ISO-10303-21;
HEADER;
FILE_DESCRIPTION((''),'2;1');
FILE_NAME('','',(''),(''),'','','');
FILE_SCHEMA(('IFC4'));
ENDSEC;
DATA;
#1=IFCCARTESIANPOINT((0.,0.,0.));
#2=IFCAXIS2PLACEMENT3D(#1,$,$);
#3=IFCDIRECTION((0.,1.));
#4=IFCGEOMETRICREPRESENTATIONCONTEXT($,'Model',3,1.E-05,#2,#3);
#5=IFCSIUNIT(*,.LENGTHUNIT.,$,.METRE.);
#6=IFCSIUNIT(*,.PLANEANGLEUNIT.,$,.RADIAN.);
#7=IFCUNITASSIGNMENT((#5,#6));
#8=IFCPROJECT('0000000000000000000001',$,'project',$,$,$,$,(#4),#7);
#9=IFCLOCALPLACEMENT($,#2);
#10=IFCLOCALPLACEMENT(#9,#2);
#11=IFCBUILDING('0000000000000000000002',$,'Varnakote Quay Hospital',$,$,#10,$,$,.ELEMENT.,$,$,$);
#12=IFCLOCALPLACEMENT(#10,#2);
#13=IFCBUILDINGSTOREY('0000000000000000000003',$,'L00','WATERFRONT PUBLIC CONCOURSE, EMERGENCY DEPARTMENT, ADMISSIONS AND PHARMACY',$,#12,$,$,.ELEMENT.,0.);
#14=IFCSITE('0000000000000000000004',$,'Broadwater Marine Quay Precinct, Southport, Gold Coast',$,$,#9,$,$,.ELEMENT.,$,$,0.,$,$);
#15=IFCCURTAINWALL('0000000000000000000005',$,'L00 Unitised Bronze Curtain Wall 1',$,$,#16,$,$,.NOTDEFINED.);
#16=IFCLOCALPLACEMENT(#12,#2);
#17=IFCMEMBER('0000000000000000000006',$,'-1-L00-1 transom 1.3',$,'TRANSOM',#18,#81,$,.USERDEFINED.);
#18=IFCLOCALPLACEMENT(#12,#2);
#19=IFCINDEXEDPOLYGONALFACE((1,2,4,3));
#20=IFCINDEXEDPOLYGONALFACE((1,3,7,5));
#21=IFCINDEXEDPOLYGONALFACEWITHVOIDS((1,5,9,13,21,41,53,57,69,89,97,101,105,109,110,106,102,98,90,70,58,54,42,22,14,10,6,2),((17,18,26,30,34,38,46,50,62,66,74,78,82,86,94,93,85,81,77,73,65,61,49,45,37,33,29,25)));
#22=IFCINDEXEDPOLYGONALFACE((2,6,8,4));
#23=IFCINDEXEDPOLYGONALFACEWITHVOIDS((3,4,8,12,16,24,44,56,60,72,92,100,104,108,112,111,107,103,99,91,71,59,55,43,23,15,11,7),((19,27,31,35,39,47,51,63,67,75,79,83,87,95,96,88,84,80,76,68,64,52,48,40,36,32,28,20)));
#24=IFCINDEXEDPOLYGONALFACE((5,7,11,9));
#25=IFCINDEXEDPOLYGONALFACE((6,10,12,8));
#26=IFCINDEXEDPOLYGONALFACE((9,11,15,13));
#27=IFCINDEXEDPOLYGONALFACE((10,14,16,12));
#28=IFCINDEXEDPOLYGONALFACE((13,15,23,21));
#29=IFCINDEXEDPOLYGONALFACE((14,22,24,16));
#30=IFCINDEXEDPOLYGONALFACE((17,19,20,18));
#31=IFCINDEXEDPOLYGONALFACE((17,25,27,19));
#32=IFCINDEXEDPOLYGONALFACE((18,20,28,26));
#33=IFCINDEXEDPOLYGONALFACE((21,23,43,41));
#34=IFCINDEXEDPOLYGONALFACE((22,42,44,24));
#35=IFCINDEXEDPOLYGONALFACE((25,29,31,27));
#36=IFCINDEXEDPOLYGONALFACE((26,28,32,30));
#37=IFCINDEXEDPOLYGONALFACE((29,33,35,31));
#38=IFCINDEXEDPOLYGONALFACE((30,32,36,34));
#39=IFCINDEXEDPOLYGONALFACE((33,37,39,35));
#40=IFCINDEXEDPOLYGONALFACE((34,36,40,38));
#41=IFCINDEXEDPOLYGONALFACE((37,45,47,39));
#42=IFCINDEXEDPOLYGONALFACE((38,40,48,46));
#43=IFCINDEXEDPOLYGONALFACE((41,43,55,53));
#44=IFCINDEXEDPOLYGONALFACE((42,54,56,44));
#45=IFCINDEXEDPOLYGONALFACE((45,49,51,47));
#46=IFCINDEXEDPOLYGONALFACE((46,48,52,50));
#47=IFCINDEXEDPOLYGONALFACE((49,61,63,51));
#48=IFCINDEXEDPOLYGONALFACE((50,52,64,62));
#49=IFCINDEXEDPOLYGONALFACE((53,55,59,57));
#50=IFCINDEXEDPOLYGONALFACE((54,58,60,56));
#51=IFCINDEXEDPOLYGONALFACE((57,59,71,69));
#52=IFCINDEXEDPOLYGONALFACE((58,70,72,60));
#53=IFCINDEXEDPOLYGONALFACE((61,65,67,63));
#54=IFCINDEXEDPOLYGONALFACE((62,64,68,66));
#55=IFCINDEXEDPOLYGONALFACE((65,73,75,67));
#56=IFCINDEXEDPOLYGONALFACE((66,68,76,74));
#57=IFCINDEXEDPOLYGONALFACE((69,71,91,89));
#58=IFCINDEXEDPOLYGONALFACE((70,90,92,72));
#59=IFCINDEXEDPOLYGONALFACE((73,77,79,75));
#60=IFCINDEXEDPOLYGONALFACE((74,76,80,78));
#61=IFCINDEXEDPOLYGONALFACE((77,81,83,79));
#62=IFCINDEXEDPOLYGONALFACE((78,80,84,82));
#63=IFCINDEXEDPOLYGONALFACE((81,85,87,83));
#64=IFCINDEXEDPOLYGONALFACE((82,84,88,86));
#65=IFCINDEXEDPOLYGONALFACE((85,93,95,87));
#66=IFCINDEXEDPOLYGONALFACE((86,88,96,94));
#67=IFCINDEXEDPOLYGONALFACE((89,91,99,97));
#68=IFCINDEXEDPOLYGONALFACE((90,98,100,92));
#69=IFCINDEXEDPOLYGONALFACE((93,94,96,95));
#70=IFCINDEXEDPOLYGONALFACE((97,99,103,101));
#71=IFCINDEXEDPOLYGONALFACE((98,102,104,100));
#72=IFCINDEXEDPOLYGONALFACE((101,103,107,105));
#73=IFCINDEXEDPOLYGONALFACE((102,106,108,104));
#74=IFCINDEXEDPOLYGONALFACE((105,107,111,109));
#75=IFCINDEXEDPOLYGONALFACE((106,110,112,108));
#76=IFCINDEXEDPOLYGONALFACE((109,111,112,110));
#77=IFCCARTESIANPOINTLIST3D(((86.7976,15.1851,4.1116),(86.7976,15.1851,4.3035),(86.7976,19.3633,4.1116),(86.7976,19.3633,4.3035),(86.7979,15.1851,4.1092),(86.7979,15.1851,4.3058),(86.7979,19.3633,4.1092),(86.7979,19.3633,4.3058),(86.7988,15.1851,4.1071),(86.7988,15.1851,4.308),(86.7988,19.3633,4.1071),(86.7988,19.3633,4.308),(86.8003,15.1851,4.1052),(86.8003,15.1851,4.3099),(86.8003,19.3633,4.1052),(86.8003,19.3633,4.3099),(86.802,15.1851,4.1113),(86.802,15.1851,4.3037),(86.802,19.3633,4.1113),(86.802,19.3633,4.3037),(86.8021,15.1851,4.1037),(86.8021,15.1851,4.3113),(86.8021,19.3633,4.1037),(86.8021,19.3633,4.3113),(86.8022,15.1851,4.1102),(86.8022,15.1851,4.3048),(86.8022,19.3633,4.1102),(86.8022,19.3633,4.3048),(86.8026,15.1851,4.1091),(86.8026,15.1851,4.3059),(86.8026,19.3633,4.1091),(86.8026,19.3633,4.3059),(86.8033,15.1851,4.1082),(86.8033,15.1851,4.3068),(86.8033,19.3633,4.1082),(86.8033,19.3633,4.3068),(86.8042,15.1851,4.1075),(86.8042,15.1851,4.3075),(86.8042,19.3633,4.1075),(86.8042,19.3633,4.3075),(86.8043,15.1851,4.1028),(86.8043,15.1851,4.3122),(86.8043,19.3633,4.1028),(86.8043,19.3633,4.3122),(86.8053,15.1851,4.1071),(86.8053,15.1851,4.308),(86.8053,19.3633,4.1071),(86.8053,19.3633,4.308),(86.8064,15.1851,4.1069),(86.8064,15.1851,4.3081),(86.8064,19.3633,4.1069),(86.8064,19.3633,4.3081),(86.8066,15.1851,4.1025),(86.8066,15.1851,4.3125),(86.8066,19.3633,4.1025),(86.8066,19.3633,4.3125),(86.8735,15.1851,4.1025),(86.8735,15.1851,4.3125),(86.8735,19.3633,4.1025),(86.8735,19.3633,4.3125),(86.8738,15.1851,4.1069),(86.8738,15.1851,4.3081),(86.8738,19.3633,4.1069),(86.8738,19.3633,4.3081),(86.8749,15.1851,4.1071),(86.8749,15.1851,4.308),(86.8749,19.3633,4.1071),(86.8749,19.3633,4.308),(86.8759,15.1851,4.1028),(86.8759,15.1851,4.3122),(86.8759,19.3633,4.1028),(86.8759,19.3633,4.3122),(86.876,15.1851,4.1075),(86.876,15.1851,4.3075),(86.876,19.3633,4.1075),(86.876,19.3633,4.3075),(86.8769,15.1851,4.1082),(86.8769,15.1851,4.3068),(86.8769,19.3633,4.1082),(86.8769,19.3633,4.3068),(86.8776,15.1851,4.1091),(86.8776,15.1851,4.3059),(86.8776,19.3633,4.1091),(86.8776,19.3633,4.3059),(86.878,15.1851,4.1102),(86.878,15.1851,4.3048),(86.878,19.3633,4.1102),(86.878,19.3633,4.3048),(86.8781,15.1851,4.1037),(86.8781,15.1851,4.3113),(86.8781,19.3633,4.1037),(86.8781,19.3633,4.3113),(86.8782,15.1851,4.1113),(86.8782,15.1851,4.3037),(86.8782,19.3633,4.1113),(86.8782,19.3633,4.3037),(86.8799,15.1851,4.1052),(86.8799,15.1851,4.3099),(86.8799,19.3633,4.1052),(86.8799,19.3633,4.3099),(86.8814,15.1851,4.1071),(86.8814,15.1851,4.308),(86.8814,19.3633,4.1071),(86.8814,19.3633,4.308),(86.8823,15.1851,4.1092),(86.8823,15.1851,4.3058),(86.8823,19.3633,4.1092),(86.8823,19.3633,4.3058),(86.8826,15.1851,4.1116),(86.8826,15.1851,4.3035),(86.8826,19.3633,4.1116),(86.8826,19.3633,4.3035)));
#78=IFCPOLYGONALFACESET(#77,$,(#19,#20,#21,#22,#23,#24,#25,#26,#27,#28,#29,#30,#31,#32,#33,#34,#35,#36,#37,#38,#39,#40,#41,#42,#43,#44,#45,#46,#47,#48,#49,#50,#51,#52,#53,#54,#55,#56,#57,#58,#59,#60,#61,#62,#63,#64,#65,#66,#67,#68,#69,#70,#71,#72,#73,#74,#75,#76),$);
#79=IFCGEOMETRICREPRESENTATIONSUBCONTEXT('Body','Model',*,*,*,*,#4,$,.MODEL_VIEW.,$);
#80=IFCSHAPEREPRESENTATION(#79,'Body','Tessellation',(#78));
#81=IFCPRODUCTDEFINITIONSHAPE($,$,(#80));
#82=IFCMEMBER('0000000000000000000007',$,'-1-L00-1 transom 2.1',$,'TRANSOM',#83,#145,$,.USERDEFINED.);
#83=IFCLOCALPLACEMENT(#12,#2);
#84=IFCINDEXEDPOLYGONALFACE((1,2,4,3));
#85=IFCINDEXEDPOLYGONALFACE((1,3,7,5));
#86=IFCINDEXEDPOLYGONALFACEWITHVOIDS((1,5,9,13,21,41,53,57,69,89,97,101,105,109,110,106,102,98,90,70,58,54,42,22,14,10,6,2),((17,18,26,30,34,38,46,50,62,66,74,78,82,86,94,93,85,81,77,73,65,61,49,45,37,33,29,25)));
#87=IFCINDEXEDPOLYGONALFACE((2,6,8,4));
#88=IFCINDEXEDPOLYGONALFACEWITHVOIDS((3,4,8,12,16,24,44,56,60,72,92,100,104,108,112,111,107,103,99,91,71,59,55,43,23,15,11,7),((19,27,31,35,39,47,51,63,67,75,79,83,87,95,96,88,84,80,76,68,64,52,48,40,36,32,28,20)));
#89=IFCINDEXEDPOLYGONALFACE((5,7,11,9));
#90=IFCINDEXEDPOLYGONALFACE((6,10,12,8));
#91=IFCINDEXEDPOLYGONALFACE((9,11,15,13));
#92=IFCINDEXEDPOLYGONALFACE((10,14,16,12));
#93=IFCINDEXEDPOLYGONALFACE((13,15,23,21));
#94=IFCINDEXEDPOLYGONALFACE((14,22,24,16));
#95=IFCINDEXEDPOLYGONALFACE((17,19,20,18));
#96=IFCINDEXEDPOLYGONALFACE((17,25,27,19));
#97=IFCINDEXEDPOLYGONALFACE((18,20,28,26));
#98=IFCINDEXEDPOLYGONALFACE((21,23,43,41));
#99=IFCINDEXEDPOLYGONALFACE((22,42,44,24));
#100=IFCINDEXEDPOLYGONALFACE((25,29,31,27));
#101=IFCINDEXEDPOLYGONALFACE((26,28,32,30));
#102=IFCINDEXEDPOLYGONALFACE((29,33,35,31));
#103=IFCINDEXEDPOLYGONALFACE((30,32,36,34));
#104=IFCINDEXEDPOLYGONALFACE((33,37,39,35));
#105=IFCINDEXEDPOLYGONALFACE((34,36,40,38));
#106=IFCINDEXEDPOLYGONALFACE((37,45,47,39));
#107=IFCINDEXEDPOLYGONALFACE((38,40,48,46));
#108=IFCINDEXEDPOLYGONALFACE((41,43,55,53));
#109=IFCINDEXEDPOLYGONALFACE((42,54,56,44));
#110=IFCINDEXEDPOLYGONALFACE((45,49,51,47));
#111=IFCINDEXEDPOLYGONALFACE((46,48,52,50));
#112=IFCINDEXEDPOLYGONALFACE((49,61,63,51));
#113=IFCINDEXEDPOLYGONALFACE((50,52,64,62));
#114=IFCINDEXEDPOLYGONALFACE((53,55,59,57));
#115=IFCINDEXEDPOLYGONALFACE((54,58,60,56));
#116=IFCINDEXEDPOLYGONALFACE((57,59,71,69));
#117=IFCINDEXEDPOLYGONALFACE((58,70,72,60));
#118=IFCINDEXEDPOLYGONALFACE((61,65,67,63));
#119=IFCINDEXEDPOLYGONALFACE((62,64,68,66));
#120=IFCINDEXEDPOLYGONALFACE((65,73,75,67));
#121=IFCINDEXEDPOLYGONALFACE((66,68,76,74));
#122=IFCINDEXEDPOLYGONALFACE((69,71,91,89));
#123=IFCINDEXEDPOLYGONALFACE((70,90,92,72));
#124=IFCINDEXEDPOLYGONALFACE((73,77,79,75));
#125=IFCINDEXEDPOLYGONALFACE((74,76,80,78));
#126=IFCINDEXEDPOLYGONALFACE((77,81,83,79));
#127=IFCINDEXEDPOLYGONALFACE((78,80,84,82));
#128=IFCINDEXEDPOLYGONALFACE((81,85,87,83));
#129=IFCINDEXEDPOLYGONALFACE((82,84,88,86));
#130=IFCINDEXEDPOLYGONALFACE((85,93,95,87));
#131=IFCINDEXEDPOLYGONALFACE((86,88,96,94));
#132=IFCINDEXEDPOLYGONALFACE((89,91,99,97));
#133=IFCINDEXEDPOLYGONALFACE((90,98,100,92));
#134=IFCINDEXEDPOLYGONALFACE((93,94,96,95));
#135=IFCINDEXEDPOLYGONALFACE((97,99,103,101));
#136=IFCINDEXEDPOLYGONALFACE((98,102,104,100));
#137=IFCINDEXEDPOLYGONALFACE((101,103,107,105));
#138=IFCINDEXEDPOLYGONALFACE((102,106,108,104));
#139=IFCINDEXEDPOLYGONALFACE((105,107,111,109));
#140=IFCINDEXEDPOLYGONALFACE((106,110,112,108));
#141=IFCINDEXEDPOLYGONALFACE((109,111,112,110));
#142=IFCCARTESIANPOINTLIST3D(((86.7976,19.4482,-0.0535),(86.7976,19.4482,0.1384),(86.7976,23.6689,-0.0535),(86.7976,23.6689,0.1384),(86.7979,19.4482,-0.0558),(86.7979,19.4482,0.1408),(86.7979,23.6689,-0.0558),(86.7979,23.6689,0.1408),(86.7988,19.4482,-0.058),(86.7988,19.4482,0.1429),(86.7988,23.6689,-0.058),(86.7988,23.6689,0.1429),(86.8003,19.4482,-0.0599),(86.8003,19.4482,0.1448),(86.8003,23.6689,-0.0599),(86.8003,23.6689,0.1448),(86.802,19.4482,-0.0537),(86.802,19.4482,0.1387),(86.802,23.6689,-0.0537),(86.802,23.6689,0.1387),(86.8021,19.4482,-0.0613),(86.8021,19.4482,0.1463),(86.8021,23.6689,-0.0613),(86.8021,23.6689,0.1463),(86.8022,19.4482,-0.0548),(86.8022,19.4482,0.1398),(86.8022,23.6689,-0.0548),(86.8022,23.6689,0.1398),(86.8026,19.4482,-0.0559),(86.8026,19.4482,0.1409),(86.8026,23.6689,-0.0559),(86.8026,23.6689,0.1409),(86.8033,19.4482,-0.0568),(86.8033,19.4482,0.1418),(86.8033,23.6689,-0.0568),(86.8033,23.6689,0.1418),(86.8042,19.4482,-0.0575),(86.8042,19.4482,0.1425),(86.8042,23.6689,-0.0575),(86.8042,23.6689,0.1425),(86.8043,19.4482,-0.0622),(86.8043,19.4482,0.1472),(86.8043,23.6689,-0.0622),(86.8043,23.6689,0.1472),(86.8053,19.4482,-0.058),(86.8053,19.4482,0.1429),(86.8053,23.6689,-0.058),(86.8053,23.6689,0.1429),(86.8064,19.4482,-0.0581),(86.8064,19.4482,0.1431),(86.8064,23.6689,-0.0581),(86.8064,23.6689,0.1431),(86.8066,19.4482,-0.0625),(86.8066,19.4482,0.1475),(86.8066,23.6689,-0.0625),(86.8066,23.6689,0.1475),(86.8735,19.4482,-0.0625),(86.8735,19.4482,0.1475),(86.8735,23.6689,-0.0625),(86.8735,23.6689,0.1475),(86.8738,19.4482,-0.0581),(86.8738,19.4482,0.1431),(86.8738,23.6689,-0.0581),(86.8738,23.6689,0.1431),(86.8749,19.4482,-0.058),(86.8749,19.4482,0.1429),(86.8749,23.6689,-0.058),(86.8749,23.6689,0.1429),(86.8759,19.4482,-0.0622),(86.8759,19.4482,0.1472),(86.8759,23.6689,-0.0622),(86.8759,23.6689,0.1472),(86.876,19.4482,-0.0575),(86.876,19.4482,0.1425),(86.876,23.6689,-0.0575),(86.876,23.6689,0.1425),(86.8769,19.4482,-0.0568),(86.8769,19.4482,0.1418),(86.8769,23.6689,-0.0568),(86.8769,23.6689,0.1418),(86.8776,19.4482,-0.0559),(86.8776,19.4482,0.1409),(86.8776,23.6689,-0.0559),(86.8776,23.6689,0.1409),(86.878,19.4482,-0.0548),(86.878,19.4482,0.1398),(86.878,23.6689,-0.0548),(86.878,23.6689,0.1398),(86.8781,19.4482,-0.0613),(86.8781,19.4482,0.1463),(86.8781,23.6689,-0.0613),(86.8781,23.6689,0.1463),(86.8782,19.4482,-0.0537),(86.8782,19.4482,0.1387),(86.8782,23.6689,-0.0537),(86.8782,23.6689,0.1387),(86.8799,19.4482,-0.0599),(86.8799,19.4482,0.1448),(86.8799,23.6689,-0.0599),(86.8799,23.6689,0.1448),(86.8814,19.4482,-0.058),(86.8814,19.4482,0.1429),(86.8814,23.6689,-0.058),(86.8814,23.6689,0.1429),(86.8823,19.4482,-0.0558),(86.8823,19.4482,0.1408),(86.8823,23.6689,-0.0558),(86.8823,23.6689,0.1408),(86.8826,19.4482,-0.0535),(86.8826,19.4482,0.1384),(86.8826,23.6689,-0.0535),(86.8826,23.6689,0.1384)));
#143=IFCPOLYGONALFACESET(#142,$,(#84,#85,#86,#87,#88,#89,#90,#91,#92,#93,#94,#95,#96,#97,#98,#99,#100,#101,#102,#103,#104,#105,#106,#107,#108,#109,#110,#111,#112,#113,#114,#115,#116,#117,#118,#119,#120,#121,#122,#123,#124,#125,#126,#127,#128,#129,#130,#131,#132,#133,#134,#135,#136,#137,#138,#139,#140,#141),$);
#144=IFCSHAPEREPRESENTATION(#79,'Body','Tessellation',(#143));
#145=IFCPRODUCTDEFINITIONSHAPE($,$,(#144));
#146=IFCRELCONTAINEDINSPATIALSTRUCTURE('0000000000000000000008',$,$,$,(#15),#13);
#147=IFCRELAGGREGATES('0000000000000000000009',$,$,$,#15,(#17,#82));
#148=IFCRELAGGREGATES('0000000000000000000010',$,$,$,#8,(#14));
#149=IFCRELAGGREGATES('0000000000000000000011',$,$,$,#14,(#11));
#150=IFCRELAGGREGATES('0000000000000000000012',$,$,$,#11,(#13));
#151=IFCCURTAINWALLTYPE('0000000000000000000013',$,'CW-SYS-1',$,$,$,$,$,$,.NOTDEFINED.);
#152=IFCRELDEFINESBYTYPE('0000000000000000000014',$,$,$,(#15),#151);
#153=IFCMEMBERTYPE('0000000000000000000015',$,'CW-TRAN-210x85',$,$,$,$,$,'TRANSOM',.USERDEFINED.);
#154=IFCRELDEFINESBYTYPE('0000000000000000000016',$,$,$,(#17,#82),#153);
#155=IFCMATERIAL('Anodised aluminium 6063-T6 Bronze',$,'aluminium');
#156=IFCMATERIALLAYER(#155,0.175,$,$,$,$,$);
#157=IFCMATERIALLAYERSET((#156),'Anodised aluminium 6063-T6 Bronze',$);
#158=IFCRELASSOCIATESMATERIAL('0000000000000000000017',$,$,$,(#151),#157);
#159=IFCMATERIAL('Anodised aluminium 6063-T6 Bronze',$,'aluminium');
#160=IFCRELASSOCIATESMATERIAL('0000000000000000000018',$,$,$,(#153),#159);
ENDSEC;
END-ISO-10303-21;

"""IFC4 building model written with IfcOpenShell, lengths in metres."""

from ifc_helpers import new_model, si_unit, direction, frame, origin, origin_2d, place, context, subcontext, project, spatial, hollow_rectangle, extrude, material, layer, layer_set, material_profile, profile_set, type_object, element, aggregate, save


model = new_model("IFC4")

# Units and contexts
model_context = context("Model", 3, precision=1e-05, world=origin(), true_north=direction((0.0, 1.0)))
body_context = subcontext(model_context, "Body", "Model", "MODEL_VIEW")
ifc_project = project(units=[si_unit("LENGTHUNIT", "METRE"), si_unit("PLANEANGLEUNIT", "RADIAN")], contexts=[model_context])

# Site, building, storey
site_placement = place(None, origin())
site = spatial("IfcSite", under=ifc_project, at=site_placement, Name="Broadwater Marine Quay Precinct, Southport, Gold Coast", CompositionType="ELEMENT", RefElevation=0.0)
building_placement = place(site_placement, origin())
building = spatial("IfcBuilding", under=site, at=building_placement, Name="Varnakote Quay Hospital", CompositionType="ELEMENT")
storey_placement = place(building_placement, origin())
storey = spatial("IfcBuildingStorey", under=building, at=storey_placement, Name="L00", Description="WATERFRONT PUBLIC CONCOURSE, EMERGENCY DEPARTMENT, ADMISSIONS AND PHARMACY", CompositionType="ELEMENT", Elevation=0.0)

# Curtain wall, members
ifc_material_1 = material(Name="Anodised aluminium 6063-T6 Bronze", Category="aluminium")
ifc_layer_1 = layer(ifc_material_1, 0.175)
ifc_layer_set_1 = layer_set([ifc_layer_1], Name="Anodised aluminium 6063-T6 Bronze")
curtain_wall_type = type_object("IfcCurtainWallType", Name="CW-SYS-1", PredefinedType="NOTDEFINED", material=ifc_layer_set_1)
curtain_wall_placement = place(storey_placement, origin())
curtain_wall = element("IfcCurtainWall", 1, at=curtain_wall_placement, inside=storey, type_object=curtain_wall_type, Name="L00 Unitised Bronze Curtain Wall 1", PredefinedType="NOTDEFINED")
ifc_material_2 = material(Name="Anodised aluminium 6063-T6 Bronze", Category="aluminium")
ifc_material_profile_1 = material_profile(ifc_material_2, hollow_rectangle(XDim=0.085, YDim=0.21, WallThickness=0.0044, InnerFilletRadius=0.0044, OuterFilletRadius=0.009, at=origin_2d()), Name="CW-TRAN-210x85")
ifc_profile_set_1 = profile_set([ifc_material_profile_1], Name="Anodised aluminium 6063-T6 Bronze")
member_type_1 = type_object("IfcMemberType", Name="CW-TRAN-210x85", ElementType="TRANSOM", PredefinedType="USERDEFINED", material=ifc_profile_set_1)
member_1_placement = place(storey_placement, frame((86.8401, 15.1851, 4.2075), z_axis=(0.0, 1.0, 0.0), x_axis=(-1.0, 0.0, 0.0)))
member_1 = element("IfcMember", 2, at=member_1_placement, type_object=member_type_1, Name="-1-L00-1 transom 1.3", ObjectType="TRANSOM", PredefinedType="USERDEFINED", context=body_context, shape_type="SweptSolid", body=[
    extrude(hollow_rectangle(XDim=0.085, YDim=0.21, WallThickness=0.0044, InnerFilletRadius=0.0044, OuterFilletRadius=0.009, at=origin_2d()), origin(), (0.0, 0.0, 1.0), 4.1782),
])
member_2_placement = place(storey_placement, frame((86.8401, 19.4482, 0.0425), z_axis=(0.0, 1.0, 0.0), x_axis=(-1.0, 0.0, 0.0)))
member_2 = element("IfcMember", 3, at=member_2_placement, type_object=member_type_1, Name="-1-L00-1 transom 2.1", ObjectType="TRANSOM", PredefinedType="USERDEFINED", context=body_context, shape_type="SweptSolid", body=[
    extrude(hollow_rectangle(XDim=0.085, YDim=0.21, WallThickness=0.0044, InnerFilletRadius=0.0044, OuterFilletRadius=0.009, at=origin_2d()), origin(), (0.0, 0.0, 1.0), 4.2207),
])

aggregate(curtain_wall, [member_1, member_2])

save(model, "model.ifc")
